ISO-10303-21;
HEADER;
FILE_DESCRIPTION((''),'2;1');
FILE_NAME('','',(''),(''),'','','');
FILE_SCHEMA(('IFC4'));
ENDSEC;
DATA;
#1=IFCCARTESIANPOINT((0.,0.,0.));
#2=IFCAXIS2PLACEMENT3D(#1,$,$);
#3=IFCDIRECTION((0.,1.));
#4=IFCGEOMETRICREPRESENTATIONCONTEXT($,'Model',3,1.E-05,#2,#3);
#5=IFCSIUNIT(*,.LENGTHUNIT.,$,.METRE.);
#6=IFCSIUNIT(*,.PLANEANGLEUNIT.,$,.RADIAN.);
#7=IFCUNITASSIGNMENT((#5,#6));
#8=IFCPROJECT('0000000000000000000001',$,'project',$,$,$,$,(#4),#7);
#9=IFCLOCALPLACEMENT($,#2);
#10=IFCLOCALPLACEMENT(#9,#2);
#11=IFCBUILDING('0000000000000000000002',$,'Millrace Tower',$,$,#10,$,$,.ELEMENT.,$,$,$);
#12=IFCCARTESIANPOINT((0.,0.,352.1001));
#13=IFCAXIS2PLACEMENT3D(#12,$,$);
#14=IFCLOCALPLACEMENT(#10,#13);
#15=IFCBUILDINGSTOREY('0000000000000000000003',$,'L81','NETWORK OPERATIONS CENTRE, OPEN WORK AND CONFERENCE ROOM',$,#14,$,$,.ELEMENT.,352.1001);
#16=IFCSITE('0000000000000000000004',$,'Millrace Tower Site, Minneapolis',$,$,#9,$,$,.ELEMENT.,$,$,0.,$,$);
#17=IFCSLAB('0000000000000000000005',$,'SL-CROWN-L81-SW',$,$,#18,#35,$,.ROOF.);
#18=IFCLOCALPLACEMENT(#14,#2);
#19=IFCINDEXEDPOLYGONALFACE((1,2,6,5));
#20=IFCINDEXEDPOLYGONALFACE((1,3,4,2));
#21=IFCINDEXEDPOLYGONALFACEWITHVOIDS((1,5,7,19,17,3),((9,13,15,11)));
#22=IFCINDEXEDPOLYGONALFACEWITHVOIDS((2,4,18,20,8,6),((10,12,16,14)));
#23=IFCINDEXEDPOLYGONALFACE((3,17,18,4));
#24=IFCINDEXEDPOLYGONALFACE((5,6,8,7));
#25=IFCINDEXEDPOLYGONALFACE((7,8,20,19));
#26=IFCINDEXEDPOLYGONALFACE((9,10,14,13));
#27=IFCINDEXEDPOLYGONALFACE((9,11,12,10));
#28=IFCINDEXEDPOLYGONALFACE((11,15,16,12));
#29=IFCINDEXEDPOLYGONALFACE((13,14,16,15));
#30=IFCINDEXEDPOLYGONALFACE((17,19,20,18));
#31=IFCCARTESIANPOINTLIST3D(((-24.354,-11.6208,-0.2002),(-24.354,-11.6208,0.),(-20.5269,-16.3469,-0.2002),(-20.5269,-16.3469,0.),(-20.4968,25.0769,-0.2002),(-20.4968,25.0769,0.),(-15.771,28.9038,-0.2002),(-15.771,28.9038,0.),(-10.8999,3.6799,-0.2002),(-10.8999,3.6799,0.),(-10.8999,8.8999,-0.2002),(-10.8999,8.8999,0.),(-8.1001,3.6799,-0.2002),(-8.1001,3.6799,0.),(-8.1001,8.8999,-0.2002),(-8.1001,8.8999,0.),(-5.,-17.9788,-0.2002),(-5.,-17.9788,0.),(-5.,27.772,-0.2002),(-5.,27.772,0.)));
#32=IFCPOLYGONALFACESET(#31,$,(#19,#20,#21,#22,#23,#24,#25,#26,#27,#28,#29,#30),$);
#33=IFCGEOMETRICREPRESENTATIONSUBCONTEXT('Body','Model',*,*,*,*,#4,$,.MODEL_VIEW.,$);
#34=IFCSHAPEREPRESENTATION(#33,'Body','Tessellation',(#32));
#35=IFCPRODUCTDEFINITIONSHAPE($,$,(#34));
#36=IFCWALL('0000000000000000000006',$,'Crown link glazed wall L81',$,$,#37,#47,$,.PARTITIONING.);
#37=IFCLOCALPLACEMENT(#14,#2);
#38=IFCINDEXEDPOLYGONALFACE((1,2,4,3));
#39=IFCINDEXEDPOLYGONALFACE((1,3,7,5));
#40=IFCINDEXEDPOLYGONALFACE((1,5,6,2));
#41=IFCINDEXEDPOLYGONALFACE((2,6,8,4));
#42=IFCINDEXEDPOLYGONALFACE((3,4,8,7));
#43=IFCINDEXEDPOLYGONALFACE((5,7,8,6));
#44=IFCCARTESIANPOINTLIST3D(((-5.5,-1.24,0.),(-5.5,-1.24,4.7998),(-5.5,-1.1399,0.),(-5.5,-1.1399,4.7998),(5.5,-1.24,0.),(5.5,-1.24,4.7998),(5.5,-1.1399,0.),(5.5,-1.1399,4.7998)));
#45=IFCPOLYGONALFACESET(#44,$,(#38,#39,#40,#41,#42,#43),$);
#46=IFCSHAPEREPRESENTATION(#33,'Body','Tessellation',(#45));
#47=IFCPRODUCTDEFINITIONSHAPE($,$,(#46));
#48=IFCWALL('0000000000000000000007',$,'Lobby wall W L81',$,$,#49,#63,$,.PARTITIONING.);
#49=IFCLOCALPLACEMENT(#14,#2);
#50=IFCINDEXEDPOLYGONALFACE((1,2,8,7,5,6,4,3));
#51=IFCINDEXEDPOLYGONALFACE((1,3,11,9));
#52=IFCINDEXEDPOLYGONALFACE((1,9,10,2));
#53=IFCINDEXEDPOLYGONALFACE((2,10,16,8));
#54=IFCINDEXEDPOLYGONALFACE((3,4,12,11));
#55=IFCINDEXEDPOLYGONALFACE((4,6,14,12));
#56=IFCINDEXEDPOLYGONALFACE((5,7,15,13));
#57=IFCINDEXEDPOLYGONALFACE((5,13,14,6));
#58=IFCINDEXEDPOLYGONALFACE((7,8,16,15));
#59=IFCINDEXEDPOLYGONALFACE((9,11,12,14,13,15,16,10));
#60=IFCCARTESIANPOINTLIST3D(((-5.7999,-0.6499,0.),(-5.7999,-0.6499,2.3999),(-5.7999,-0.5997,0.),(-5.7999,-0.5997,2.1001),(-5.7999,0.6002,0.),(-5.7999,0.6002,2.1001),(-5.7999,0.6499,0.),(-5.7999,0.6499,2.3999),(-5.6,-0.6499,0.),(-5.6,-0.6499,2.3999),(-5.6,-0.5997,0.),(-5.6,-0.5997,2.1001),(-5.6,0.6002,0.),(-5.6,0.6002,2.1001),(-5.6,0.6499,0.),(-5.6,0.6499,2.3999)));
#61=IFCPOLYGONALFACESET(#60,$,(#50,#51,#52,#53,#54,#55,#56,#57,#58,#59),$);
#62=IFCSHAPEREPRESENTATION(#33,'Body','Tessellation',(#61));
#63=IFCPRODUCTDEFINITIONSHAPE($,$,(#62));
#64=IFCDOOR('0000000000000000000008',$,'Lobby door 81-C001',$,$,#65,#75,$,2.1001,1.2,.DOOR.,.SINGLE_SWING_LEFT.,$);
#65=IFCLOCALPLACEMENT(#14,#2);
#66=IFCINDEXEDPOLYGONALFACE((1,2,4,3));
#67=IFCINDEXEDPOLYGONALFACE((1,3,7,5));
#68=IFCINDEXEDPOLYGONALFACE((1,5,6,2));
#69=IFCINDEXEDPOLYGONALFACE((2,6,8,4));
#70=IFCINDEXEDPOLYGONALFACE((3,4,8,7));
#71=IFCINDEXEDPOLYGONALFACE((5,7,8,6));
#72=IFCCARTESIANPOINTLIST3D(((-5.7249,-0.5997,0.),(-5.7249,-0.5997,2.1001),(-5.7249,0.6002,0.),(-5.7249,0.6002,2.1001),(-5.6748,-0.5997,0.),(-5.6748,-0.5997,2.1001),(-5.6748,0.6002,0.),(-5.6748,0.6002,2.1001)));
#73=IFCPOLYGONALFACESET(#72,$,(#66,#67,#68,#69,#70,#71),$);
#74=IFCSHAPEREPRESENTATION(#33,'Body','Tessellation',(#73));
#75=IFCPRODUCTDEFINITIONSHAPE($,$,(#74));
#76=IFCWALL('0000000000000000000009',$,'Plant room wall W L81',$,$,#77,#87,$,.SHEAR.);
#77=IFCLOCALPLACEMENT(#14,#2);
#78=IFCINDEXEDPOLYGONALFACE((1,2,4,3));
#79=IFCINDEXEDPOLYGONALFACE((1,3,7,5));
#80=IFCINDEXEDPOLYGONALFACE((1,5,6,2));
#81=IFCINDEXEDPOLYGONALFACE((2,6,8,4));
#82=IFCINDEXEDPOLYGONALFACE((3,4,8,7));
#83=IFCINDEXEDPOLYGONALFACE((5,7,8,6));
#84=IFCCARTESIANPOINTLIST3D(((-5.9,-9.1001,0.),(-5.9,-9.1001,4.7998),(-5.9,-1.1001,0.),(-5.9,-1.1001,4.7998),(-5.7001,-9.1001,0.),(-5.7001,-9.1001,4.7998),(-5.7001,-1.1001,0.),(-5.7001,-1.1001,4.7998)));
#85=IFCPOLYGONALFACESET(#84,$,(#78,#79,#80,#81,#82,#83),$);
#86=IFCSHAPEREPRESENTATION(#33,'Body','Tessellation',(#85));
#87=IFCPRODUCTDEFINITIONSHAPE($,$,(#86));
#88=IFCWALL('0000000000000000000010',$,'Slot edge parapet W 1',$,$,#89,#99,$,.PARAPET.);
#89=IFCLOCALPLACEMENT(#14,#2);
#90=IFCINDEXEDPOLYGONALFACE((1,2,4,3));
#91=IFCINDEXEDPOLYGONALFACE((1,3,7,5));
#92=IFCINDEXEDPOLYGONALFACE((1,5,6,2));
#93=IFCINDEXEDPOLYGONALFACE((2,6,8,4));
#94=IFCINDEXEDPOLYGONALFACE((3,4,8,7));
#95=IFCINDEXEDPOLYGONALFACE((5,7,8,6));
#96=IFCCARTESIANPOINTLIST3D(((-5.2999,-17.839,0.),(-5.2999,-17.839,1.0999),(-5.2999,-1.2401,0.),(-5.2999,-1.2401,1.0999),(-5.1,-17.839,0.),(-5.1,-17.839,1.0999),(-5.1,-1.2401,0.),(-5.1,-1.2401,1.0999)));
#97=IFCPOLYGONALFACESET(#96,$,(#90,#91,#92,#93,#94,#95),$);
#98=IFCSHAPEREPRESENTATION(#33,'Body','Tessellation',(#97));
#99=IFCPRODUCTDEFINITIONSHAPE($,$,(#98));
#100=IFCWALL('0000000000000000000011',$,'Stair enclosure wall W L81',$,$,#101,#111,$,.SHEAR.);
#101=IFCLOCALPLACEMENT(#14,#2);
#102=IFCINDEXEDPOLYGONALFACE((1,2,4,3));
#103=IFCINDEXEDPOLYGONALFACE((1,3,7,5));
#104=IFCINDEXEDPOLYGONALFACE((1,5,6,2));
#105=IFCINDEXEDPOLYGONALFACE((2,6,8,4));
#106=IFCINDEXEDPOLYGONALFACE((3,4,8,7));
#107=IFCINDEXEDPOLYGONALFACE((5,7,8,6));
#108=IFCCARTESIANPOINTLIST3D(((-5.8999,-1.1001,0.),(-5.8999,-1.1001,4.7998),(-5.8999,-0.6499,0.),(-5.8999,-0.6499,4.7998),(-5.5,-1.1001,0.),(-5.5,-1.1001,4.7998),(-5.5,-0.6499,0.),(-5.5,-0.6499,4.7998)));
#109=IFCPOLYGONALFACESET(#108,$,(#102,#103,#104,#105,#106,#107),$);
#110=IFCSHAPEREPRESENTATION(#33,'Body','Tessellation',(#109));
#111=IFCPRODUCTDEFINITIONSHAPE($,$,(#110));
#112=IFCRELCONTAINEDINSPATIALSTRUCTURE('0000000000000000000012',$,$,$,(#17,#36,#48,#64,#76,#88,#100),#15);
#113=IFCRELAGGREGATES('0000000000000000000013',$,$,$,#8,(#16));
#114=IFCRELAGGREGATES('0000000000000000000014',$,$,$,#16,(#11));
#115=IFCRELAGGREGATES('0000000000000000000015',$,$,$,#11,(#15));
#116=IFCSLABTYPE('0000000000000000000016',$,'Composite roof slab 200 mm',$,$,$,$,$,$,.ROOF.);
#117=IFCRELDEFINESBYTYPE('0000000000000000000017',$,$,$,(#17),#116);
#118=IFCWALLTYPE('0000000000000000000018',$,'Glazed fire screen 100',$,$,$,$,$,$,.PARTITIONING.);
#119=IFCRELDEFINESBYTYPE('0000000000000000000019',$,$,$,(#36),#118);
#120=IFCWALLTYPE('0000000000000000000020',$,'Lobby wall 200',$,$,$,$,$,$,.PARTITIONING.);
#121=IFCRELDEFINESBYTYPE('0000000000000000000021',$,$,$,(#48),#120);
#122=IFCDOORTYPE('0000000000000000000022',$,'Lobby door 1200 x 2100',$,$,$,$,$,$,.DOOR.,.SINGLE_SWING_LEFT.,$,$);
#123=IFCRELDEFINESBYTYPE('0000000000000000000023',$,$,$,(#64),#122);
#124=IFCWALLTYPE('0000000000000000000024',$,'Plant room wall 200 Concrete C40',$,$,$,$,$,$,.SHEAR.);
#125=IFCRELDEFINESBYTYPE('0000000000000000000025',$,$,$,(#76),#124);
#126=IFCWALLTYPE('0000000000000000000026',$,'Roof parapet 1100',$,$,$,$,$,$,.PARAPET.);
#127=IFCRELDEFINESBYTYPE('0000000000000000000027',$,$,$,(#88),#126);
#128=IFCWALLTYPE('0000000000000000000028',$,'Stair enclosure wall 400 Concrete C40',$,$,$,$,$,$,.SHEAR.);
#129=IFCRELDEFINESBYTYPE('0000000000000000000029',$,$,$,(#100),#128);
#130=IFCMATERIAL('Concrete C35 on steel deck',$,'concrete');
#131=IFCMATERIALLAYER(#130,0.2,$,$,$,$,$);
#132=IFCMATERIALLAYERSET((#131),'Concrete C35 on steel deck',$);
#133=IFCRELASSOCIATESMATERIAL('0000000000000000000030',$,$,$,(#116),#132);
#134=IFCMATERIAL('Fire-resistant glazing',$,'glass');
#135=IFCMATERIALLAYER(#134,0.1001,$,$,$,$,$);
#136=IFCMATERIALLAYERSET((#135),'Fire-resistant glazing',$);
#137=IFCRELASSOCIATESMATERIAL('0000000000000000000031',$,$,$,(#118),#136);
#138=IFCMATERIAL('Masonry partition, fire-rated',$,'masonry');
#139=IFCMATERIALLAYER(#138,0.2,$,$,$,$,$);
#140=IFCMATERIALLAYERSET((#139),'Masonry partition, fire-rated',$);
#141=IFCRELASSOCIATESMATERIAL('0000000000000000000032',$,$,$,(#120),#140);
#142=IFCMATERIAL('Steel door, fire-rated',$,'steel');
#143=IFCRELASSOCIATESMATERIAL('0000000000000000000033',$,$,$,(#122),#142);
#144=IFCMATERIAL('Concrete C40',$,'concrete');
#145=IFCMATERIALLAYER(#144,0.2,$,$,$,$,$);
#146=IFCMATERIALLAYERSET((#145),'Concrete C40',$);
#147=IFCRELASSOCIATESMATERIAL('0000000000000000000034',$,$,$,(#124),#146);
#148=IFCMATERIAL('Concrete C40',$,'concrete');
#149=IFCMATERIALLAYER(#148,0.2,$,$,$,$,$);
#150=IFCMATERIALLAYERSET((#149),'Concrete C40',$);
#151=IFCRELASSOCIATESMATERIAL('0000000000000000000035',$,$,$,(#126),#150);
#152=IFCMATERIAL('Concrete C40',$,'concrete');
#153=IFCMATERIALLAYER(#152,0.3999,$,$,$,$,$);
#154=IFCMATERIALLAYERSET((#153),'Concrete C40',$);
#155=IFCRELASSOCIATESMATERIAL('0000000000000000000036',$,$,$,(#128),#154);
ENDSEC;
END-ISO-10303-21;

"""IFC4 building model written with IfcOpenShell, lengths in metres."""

from ifc_helpers import new_model, si_unit, direction, frame, frame_2d, origin, place, context, subcontext, project, spatial, polyline, rectangle, outline, extrude, material, layer, layer_set, type_object, element, fill, save


model = new_model("IFC4")

# Units and contexts
model_context = context("Model", 3, precision=1e-05, world=origin(), true_north=direction((0.0, 1.0)))
body_context = subcontext(model_context, "Body", "Model", "MODEL_VIEW")
ifc_project = project(units=[si_unit("LENGTHUNIT", "METRE"), si_unit("PLANEANGLEUNIT", "RADIAN")], contexts=[model_context])

# Site, building, storey
site_placement = place(None, origin())
site = spatial("IfcSite", under=ifc_project, at=site_placement, Name="Millrace Tower Site, Minneapolis", CompositionType="ELEMENT", RefElevation=0.0)
building_placement = place(site_placement, origin())
building = spatial("IfcBuilding", under=site, at=building_placement, Name="Millrace Tower", CompositionType="ELEMENT")
storey_placement = place(building_placement, frame((0.0, 0.0, 352.1001)))
storey = spatial("IfcBuildingStorey", under=building, at=storey_placement, Name="L81", Description="NETWORK OPERATIONS CENTRE, OPEN WORK AND CONFERENCE ROOM", CompositionType="ELEMENT", Elevation=352.1001)

# Slab
placement_1 = place(storey_placement, frame((0.0, 0.0, -0.2002)))
ifc_material_1 = material(Name="Concrete C35 on steel deck", Category="concrete")
ifc_layer_1 = layer(ifc_material_1, 0.2)
ifc_layer_set_1 = layer_set([ifc_layer_1], Name="Concrete C35 on steel deck")
slab_type_1 = type_object("IfcSlabType", Name="Composite roof slab 200 mm", PredefinedType="ROOF", material=ifc_layer_set_1)
element("IfcSlab", 1, at=placement_1, inside=storey, type_object=slab_type_1, Name="SL-CROWN-L81-SW", PredefinedType="ROOF", context=body_context, shape_type="SweptSolid", body=[
    extrude(outline(polyline([(-5.0, -17.9788), (-5.0, 27.772), (-15.771, 28.9038), (-20.4968, 25.0769), (-24.354, -11.6208), (-20.5269, -16.3469), (-5.0, -17.9788)]), holes=[polyline([(-10.8999, 3.6799), (-8.1001, 3.6799), (-8.1001, 8.8999), (-10.8999, 8.8999), (-10.8999, 3.6799)])]), origin(), (0.0, 0.0, 1.0), 0.2002),
])

# Wall
ifc_material_2 = material(Name="Fire-resistant glazing", Category="glass")
ifc_layer_2 = layer(ifc_material_2, 0.1001)
ifc_layer_set_2 = layer_set([ifc_layer_2], Name="Fire-resistant glazing")
wall_type_1 = type_object("IfcWallType", Name="Glazed fire screen 100", PredefinedType="PARTITIONING", material=ifc_layer_set_2)
wall_1_placement = place(storey_placement, frame((-5.5, -1.1899, 0.0), z_axis=(0.0, 0.0, 1.0), x_axis=(1.0, 0.0, 0.0)))
element("IfcWall", 2, at=wall_1_placement, inside=storey, type_object=wall_type_1, Name="Crown link glazed wall L81", PredefinedType="PARTITIONING", context=body_context, shape_type="SweptSolid", body=[
    extrude(rectangle(XDim=11.0, YDim=0.1001, at=frame_2d((5.5, 0.0))), origin(), (0.0, 0.0, 1.0), 4.7998),
])

# Wall, opening, door
ifc_material_3 = material(Name="Masonry partition, fire-rated", Category="masonry")
ifc_layer_3 = layer(ifc_material_3, 0.2)
ifc_layer_set_3 = layer_set([ifc_layer_3], Name="Masonry partition, fire-rated")
wall_type_2 = type_object("IfcWallType", Name="Lobby wall 200", PredefinedType="PARTITIONING", material=ifc_layer_set_3)
wall_2_placement = place(storey_placement, frame((-5.7, -0.6499, 0.0), z_axis=(0.0, 0.0, 1.0), x_axis=(0.0, 1.0, 0.0)))
wall_2 = element("IfcWall", 3, at=wall_2_placement, inside=storey, type_object=wall_type_2, Name="Lobby wall W L81", PredefinedType="PARTITIONING", context=body_context, shape_type="SweptSolid", body=[
    extrude(rectangle(XDim=1.2998, YDim=0.2, at=frame_2d((0.6499, 0.0))), origin(), (0.0, 0.0, 1.0), 2.3999),
])
opening_placement = place(wall_2_placement, frame((0.05, 0.0, 0.0)))
opening = element("IfcOpeningElement", 4, at=opening_placement, cuts=wall_2, PredefinedType="OPENING", context=body_context, shape_type="SweptSolid", body=[
    extrude(rectangle(XDim=1.2, YDim=2.1001, at=frame_2d((0.6001, 1.05))), frame((0.0, 0.1099, 0.0), z_axis=(0.0, -1.0, 0.0), x_axis=(1.0, 0.0, 0.0)), (0.0, 0.0, 1.0), 0.22),
])
ifc_material_4 = material(Name="Steel door, fire-rated", Category="steel")
door_type = type_object("IfcDoorType", Name="Lobby door 1200 x 2100", OperationType="SINGLE_SWING_LEFT", PredefinedType="DOOR", material=ifc_material_4)
door_placement = place(opening_placement, origin())
door = element("IfcDoor", 5, at=door_placement, inside=storey, type_object=door_type, Name="Lobby door 81-C001", OperationType="SINGLE_SWING_LEFT", OverallHeight=2.1001, OverallWidth=1.2, PredefinedType="DOOR", context=body_context, shape_type="SweptSolid", body=[
    extrude(rectangle(XDim=1.2, YDim=2.1001, at=frame_2d((0.6001, 1.05))), frame((0.0, 0.0249, 0.0), z_axis=(0.0, -1.0, 0.0), x_axis=(1.0, 0.0, 0.0)), (0.0, 0.0, 1.0), 0.05),
])
fill(opening, door)

# Walls
ifc_material_5 = material(Name="Concrete C40", Category="concrete")
ifc_layer_4 = layer(ifc_material_5, 0.2)
ifc_layer_set_4 = layer_set([ifc_layer_4], Name="Concrete C40")
wall_type_3 = type_object("IfcWallType", Name="Plant room wall 200 Concrete C40", PredefinedType="SHEAR", material=ifc_layer_set_4)
wall_3_placement = place(storey_placement, frame((-5.8, -9.1001, 0.0), z_axis=(0.0, 0.0, 1.0), x_axis=(0.0, 1.0, 0.0)))
element("IfcWall", 6, at=wall_3_placement, inside=storey, type_object=wall_type_3, Name="Plant room wall W L81", PredefinedType="SHEAR", context=body_context, shape_type="SweptSolid", body=[
    extrude(rectangle(XDim=8.0, YDim=0.2, at=frame_2d((4.0, 0.0))), origin(), (0.0, 0.0, 1.0), 4.7998),
])
ifc_material_6 = material(Name="Concrete C40", Category="concrete")
ifc_layer_5 = layer(ifc_material_6, 0.2)
ifc_layer_set_5 = layer_set([ifc_layer_5], Name="Concrete C40")
wall_type_4 = type_object("IfcWallType", Name="Roof parapet 1100", PredefinedType="PARAPET", material=ifc_layer_set_5)
wall_4_placement = place(storey_placement, frame((-5.2, -17.8389, 0.0), z_axis=(0.0, 0.0, 1.0), x_axis=(0.0, 1.0, 0.0)))
element("IfcWall", 7, at=wall_4_placement, inside=storey, type_object=wall_type_4, Name="Slot edge parapet W 1", PredefinedType="PARAPET", context=body_context, shape_type="SweptSolid", body=[
    extrude(rectangle(XDim=16.5989, YDim=0.2, at=frame_2d((8.2993, 0.0))), origin(), (0.0, 0.0, 1.0), 1.0999),
])
ifc_material_7 = material(Name="Concrete C40", Category="concrete")
ifc_layer_6 = layer(ifc_material_7, 0.3999)
ifc_layer_set_6 = layer_set([ifc_layer_6], Name="Concrete C40")
wall_type_5 = type_object("IfcWallType", Name="Stair enclosure wall 400 Concrete C40", PredefinedType="SHEAR", material=ifc_layer_set_6)
wall_5_placement = place(storey_placement, frame((-5.7, -1.1001, 0.0), z_axis=(0.0, 0.0, 1.0), x_axis=(0.0, 1.0, 0.0)))
element("IfcWall", 8, at=wall_5_placement, inside=storey, type_object=wall_type_5, Name="Stair enclosure wall W L81", PredefinedType="SHEAR", context=body_context, shape_type="SweptSolid", body=[
    extrude(rectangle(XDim=0.4502, YDim=0.3999, at=frame_2d((0.2251, 0.0))), origin(), (0.0, 0.0, 1.0), 4.7998),
])

save(model, "model.ifc")
